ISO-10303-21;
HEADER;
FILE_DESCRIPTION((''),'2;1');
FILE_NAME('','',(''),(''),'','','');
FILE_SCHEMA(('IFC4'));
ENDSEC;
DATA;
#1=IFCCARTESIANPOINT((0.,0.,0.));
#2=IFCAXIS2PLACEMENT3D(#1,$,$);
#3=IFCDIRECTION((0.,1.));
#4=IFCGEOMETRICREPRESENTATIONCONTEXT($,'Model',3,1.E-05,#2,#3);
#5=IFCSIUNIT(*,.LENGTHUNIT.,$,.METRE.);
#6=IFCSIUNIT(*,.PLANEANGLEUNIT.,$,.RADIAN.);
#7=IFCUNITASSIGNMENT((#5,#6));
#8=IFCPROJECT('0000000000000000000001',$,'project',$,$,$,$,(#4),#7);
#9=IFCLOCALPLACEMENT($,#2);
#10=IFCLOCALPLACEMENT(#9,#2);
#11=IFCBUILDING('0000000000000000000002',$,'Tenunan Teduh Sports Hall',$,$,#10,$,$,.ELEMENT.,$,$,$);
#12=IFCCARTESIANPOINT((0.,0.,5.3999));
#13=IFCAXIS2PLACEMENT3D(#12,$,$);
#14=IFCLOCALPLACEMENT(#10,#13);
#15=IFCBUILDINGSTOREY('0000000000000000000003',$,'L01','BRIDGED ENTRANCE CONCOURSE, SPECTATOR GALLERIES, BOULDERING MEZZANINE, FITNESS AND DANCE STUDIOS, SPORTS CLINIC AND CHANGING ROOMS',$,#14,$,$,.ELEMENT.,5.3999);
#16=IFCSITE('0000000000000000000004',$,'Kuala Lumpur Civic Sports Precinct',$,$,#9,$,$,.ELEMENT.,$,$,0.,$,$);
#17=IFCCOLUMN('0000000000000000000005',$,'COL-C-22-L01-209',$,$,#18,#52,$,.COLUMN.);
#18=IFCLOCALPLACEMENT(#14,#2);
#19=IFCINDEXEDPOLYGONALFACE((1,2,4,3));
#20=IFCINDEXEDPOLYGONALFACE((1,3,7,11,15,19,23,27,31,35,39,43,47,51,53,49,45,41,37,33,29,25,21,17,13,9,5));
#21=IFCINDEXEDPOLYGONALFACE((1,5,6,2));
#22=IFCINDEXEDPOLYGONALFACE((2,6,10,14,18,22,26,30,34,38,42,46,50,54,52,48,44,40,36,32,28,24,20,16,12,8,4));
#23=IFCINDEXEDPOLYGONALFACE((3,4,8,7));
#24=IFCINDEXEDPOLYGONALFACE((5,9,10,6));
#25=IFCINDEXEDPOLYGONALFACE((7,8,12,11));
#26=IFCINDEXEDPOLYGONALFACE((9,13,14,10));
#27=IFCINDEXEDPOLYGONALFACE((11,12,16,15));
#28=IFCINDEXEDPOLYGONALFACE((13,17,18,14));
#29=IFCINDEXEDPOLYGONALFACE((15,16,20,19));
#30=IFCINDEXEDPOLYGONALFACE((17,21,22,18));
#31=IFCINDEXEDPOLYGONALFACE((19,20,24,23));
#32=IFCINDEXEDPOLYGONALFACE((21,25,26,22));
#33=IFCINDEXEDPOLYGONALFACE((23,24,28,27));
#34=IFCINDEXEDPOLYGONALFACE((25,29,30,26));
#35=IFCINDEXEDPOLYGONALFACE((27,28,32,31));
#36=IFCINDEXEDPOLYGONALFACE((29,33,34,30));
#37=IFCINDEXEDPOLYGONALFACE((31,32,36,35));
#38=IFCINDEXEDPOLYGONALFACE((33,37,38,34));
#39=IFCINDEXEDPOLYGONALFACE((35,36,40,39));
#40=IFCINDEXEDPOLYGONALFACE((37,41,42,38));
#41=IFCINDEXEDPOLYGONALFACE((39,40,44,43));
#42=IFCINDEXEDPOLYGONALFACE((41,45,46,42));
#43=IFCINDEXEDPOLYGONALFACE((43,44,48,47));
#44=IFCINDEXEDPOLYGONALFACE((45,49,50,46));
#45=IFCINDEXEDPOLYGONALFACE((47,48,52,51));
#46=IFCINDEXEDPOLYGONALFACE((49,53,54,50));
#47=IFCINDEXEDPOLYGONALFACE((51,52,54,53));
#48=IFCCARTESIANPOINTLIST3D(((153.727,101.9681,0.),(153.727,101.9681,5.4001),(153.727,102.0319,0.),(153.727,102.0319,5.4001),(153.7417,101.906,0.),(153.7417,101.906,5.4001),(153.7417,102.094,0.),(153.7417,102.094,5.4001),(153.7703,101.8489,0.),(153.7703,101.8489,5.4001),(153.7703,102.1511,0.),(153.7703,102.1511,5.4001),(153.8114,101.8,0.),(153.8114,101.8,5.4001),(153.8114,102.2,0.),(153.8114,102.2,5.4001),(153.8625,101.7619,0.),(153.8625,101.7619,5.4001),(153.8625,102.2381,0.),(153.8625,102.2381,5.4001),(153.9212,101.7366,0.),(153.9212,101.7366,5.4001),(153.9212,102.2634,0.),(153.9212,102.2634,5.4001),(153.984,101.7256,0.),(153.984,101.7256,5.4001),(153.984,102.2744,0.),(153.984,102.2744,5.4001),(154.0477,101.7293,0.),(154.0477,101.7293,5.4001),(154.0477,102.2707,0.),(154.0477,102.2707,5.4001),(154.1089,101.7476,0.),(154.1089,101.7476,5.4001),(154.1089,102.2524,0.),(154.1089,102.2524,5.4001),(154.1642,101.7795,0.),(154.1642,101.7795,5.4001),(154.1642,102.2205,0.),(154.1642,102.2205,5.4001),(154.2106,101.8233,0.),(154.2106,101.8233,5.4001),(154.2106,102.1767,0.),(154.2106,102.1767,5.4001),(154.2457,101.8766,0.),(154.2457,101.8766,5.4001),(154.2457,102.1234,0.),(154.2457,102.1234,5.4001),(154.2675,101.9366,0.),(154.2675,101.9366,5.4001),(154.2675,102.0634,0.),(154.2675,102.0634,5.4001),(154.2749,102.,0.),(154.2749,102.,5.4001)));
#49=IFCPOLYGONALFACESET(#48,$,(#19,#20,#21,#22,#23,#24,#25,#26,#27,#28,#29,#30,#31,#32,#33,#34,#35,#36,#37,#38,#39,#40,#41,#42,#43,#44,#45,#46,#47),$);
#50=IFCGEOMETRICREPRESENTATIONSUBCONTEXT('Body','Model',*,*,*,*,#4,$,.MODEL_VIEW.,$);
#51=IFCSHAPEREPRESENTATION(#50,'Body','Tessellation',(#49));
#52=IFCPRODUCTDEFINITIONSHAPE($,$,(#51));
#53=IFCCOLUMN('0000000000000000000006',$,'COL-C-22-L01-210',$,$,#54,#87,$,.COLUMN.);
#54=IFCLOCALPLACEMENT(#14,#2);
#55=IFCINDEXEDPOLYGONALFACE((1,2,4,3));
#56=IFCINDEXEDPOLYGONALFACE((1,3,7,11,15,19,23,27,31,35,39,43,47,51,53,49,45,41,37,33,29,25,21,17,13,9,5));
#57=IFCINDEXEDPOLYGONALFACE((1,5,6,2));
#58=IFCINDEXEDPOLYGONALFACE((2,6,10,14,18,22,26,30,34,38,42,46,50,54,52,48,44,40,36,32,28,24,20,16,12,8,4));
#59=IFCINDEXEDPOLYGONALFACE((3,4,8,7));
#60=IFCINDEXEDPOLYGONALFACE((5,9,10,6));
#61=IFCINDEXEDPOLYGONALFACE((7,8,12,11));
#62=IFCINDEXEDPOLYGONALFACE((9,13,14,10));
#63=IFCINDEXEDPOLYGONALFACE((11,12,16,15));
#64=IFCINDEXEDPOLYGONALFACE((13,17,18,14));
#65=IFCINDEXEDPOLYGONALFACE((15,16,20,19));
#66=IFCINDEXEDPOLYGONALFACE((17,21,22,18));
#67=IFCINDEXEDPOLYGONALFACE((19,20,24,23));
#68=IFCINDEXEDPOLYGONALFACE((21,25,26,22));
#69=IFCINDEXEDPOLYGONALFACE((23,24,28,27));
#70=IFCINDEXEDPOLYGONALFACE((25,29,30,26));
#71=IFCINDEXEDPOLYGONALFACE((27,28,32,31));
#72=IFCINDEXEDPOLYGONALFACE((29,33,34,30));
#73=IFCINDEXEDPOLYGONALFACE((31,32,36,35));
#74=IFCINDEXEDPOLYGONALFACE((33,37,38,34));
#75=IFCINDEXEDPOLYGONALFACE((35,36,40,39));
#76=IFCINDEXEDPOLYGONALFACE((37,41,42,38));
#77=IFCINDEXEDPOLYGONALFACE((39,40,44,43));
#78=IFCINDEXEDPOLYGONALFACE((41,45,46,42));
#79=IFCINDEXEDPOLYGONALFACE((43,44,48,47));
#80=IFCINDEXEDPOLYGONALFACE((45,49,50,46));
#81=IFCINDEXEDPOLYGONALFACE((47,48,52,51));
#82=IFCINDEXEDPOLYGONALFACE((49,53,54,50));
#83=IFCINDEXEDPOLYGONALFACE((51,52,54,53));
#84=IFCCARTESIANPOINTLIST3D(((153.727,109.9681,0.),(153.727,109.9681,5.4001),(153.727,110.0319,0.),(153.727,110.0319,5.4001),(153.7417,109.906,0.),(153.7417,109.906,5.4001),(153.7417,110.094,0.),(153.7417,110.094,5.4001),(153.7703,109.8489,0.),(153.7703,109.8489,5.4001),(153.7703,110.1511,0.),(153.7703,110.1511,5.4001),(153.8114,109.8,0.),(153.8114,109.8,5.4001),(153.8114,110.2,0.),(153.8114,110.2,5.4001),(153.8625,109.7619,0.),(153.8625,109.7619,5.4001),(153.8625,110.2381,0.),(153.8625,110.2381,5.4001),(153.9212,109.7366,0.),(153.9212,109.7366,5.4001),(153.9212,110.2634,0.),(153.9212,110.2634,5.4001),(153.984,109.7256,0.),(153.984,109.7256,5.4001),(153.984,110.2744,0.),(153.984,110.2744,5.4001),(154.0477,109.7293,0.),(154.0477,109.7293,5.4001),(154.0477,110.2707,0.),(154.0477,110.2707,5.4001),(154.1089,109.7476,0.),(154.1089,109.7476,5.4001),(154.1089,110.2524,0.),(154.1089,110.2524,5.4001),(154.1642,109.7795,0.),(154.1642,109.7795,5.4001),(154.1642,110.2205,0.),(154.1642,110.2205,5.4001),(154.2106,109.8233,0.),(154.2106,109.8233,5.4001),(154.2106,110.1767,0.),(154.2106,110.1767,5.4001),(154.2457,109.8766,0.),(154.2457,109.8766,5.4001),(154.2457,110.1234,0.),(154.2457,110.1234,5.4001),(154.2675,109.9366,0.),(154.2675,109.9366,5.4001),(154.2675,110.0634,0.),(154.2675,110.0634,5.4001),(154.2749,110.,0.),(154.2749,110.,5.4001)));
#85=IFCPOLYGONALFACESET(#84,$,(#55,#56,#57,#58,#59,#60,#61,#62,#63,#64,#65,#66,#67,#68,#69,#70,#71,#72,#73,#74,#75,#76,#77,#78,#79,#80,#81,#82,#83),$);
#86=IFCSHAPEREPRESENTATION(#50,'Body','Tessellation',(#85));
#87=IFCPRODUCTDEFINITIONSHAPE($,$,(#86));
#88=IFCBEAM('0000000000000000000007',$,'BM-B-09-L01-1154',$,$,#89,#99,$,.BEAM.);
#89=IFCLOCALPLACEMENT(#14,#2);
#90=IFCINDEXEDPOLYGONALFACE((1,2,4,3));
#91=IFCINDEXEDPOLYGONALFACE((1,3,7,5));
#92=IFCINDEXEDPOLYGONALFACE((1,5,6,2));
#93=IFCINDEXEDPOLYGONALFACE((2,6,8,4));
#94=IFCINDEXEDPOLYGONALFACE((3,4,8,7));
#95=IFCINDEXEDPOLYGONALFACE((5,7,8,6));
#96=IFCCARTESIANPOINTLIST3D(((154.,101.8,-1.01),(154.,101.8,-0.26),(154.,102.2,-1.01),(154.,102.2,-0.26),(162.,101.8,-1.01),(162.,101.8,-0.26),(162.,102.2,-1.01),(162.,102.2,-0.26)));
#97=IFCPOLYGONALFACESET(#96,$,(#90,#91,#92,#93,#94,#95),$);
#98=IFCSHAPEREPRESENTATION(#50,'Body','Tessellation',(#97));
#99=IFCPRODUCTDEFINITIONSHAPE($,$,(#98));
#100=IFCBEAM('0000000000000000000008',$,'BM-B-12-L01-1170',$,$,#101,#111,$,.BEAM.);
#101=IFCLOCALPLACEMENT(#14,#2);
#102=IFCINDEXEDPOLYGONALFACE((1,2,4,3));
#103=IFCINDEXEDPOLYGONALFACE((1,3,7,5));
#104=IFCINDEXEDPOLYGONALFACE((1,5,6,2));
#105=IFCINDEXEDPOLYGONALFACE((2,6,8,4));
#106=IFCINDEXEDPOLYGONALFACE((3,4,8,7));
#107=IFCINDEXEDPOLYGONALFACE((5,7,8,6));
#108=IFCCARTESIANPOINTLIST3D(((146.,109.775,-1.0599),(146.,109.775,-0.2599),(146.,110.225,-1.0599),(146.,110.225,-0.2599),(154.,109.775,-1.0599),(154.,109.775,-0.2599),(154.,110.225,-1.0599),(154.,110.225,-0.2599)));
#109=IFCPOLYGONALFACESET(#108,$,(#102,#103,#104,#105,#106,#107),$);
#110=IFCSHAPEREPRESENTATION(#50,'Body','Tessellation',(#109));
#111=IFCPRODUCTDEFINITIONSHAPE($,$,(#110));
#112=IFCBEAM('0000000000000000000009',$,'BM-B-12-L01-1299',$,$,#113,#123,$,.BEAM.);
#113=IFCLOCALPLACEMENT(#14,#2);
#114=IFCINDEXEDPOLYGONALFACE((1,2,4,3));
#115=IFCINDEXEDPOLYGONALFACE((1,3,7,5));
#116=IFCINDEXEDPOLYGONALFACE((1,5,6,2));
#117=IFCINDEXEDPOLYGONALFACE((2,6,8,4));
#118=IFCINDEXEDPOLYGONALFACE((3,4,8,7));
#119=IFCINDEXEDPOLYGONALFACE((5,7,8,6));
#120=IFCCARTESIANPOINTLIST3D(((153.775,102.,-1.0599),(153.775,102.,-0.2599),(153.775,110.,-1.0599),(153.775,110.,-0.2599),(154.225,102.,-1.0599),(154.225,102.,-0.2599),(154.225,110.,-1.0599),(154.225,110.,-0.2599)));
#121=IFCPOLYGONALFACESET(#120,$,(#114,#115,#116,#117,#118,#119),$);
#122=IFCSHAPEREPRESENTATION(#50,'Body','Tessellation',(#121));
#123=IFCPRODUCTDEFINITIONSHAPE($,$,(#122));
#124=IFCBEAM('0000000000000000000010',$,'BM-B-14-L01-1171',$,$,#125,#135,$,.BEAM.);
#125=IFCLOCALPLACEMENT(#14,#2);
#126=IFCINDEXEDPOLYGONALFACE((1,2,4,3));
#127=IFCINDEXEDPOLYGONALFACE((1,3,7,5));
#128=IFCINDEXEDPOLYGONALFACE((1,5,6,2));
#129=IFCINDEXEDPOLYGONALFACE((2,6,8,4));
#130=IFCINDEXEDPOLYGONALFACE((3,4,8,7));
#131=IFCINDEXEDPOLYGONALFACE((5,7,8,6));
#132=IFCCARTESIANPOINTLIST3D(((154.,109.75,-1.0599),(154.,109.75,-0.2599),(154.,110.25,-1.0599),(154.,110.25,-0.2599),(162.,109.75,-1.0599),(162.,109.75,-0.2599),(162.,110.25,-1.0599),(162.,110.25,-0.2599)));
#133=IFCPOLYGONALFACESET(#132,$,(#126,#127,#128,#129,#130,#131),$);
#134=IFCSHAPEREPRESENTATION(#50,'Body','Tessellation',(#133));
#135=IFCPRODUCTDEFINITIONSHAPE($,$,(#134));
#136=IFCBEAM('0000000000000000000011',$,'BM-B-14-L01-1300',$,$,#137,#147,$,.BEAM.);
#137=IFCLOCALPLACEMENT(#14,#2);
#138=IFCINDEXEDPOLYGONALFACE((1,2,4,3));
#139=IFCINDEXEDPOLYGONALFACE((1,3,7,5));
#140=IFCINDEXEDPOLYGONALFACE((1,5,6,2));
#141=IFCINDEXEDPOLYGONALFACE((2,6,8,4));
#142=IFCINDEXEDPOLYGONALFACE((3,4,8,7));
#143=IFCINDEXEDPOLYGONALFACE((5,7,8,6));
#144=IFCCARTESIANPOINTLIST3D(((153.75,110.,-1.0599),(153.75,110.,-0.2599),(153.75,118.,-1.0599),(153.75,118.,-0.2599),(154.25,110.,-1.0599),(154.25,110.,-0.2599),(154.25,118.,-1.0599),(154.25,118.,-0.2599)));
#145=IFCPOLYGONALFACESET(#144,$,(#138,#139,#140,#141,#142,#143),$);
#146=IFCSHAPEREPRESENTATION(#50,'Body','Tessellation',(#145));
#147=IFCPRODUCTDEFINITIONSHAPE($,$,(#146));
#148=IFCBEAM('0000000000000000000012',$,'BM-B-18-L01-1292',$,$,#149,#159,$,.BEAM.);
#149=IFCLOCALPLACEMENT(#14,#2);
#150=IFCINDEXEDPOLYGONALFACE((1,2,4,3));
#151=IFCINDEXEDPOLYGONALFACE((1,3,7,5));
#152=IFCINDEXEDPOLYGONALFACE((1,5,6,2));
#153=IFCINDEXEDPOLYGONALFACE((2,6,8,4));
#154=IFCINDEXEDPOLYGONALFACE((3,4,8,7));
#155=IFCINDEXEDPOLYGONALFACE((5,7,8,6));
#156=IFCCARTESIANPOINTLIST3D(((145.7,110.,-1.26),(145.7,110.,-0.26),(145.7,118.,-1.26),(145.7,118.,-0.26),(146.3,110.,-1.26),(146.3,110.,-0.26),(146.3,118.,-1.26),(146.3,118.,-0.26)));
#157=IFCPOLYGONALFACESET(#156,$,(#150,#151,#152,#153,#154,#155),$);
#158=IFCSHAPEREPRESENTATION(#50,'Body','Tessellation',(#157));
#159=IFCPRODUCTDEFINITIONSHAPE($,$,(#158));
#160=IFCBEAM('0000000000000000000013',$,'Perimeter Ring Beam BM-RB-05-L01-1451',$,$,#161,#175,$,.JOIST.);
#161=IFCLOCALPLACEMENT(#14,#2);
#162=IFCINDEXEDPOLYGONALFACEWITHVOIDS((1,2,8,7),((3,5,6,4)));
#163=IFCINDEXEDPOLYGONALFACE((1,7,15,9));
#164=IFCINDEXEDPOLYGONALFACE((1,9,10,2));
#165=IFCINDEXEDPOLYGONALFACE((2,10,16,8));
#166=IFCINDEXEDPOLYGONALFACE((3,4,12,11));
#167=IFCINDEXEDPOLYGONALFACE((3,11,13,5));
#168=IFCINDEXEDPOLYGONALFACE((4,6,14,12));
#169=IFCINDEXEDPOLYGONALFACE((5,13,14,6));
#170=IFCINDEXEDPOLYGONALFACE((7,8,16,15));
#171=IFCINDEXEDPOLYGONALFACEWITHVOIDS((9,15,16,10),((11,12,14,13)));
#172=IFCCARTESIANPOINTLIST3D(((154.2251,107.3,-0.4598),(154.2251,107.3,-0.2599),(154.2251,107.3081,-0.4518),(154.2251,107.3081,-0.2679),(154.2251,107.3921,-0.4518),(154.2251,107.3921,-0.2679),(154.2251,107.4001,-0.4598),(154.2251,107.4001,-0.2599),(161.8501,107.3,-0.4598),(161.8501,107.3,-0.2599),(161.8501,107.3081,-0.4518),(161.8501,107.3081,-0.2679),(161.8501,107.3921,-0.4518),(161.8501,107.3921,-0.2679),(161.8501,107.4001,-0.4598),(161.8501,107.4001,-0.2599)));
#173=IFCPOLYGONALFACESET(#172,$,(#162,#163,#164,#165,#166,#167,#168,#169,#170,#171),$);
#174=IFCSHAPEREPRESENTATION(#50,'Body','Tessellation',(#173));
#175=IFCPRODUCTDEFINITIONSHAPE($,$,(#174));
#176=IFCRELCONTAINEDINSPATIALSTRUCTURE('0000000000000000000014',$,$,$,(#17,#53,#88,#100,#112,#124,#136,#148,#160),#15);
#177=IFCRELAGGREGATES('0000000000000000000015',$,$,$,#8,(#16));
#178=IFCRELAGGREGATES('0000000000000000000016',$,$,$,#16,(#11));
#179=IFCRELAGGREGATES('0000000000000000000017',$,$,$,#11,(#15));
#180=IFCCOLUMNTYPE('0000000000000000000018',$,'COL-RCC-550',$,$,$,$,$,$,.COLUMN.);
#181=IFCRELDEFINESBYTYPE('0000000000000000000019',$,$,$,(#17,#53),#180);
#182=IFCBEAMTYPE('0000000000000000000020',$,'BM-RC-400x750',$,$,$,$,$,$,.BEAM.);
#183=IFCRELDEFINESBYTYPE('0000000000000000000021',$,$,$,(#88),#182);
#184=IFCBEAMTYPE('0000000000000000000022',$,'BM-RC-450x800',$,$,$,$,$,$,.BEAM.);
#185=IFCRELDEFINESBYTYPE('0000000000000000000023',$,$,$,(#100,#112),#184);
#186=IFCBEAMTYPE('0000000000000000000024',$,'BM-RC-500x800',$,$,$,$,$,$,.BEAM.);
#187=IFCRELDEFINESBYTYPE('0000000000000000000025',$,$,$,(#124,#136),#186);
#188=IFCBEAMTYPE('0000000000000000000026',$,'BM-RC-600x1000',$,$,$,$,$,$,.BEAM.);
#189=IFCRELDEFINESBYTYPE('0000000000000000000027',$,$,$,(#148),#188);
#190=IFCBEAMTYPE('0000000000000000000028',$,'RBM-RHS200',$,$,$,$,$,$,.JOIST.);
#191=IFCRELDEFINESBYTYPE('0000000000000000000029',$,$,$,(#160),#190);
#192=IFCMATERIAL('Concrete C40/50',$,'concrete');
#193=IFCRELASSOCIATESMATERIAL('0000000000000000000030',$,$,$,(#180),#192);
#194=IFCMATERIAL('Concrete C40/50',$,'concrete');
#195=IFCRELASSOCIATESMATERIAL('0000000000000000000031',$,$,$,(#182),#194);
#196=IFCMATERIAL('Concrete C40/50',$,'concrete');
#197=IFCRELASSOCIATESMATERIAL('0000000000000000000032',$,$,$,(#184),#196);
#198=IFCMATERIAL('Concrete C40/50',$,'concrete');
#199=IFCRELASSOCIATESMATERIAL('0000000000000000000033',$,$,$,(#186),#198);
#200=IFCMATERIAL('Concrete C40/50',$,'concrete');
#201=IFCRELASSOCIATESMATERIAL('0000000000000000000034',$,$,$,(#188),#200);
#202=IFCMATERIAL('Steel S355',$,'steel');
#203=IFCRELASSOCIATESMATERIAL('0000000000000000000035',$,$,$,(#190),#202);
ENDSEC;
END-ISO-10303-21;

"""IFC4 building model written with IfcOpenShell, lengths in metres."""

from ifc_helpers import new_model, si_unit, direction, frame, origin, origin_2d, place, context, subcontext, project, spatial, rectangle, hollow_rectangle, circle, extrude, material, material_profile, profile_set, type_object, element, save


model = new_model("IFC4")

# Units and contexts
model_context = context("Model", 3, precision=1e-05, world=origin(), true_north=direction((0.0, 1.0)))
body_context = subcontext(model_context, "Body", "Model", "MODEL_VIEW")
ifc_project = project(units=[si_unit("LENGTHUNIT", "METRE"), si_unit("PLANEANGLEUNIT", "RADIAN")], contexts=[model_context])

# Site, building, storey
site_placement = place(None, origin())
site = spatial("IfcSite", under=ifc_project, at=site_placement, Name="Kuala Lumpur Civic Sports Precinct", CompositionType="ELEMENT", RefElevation=0.0)
building_placement = place(site_placement, origin())
building = spatial("IfcBuilding", under=site, at=building_placement, Name="Tenunan Teduh Sports Hall", CompositionType="ELEMENT")
storey_placement = place(building_placement, frame((0.0, 0.0, 5.3999)))
storey = spatial("IfcBuildingStorey", under=building, at=storey_placement, Name="L01", Description="BRIDGED ENTRANCE CONCOURSE, SPECTATOR GALLERIES, BOULDERING MEZZANINE, FITNESS AND DANCE STUDIOS, SPORTS CLINIC AND CHANGING ROOMS", CompositionType="ELEMENT", Elevation=5.3999)

# Columns
ifc_material_1 = material(Name="Concrete C40/50", Category="concrete")
ifc_material_profile_1 = material_profile(ifc_material_1, circle(Radius=0.2749, at=origin_2d()), Name="RCC D550")
ifc_profile_set_1 = profile_set([ifc_material_profile_1], Name="Concrete C40/50")
column_type = type_object("IfcColumnType", Name="COL-RCC-550", PredefinedType="COLUMN", material=ifc_profile_set_1)
for number, where, z_axis, x_axis, name in (
    (1, (154.0, 102.0, 0.0), (0.0, 0.0, 1.0), (1.0, 0.0, 0.0), "COL-C-22-L01-209"),
    (2, (154.0, 110.0, 0.0), (0.0, 0.0, 1.0), (1.0, 0.0, 0.0), "COL-C-22-L01-210"),
):
    element("IfcColumn", number, at=place(storey_placement, frame(where, z_axis=z_axis, x_axis=x_axis)), inside=storey, type_object=column_type, Name=name, PredefinedType="COLUMN", context=body_context, shape_type="SweptSolid", body=[
        extrude(circle(Radius=0.2749, at=origin_2d()), origin(), (0.0, 0.0, 1.0), 5.4001),
    ])

# Beams
ifc_material_2 = material(Name="Concrete C40/50", Category="concrete")
ifc_material_profile_2 = material_profile(ifc_material_2, rectangle(XDim=0.3999, YDim=0.75, at=origin_2d()), Name="RCB 400x750")
ifc_profile_set_2 = profile_set([ifc_material_profile_2], Name="Concrete C40/50")
beam_type_1 = type_object("IfcBeamType", Name="BM-RC-400x750", PredefinedType="BEAM", material=ifc_profile_set_2)
beam_1_placement = place(storey_placement, frame((154.0, 102.0, -0.635), z_axis=(1.0, 0.0, 0.0), x_axis=(0.0, 1.0, 0.0)))
element("IfcBeam", 3, at=beam_1_placement, inside=storey, type_object=beam_type_1, Name="BM-B-09-L01-1154", PredefinedType="BEAM", context=body_context, shape_type="SweptSolid", body=[
    extrude(rectangle(XDim=0.3999, YDim=0.75, at=origin_2d()), origin(), (0.0, 0.0, 1.0), 8.0),
])
ifc_material_3 = material(Name="Concrete C40/50", Category="concrete")
ifc_material_profile_3 = material_profile(ifc_material_3, rectangle(XDim=0.45, YDim=0.8, at=origin_2d()), Name="RCB 450x800")
ifc_profile_set_3 = profile_set([ifc_material_profile_3], Name="Concrete C40/50")
beam_type_2 = type_object("IfcBeamType", Name="BM-RC-450x800", PredefinedType="BEAM", material=ifc_profile_set_3)
for number, where, z_axis, x_axis, name in (
    (4, (146.0, 110.0, -0.6599), (1.0, 0.0, 0.0), (0.0, 1.0, 0.0), "BM-B-12-L01-1170"),
    (5, (154.0, 102.0, -0.6599), (0.0, 1.0, 0.0), (-1.0, 0.0, 0.0), "BM-B-12-L01-1299"),
):
    element("IfcBeam", number, at=place(storey_placement, frame(where, z_axis=z_axis, x_axis=x_axis)), inside=storey, type_object=beam_type_2, Name=name, PredefinedType="BEAM", context=body_context, shape_type="SweptSolid", body=[
        extrude(rectangle(XDim=0.45, YDim=0.8, at=origin_2d()), origin(), (0.0, 0.0, 1.0), 8.0),
    ])
ifc_material_4 = material(Name="Concrete C40/50", Category="concrete")
ifc_material_profile_4 = material_profile(ifc_material_4, rectangle(XDim=0.5, YDim=0.8, at=origin_2d()), Name="RCB 500x800")
ifc_profile_set_4 = profile_set([ifc_material_profile_4], Name="Concrete C40/50")
beam_type_3 = type_object("IfcBeamType", Name="BM-RC-500x800", PredefinedType="BEAM", material=ifc_profile_set_4)
for number, where, z_axis, x_axis, name in (
    (6, (154.0, 110.0, -0.6599), (1.0, 0.0, 0.0), (0.0, 1.0, 0.0), "BM-B-14-L01-1171"),
    (7, (154.0, 110.0, -0.6599), (0.0, 1.0, 0.0), (-1.0, 0.0, 0.0), "BM-B-14-L01-1300"),
):
    element("IfcBeam", number, at=place(storey_placement, frame(where, z_axis=z_axis, x_axis=x_axis)), inside=storey, type_object=beam_type_3, Name=name, PredefinedType="BEAM", context=body_context, shape_type="SweptSolid", body=[
        extrude(rectangle(XDim=0.5, YDim=0.8, at=origin_2d()), origin(), (0.0, 0.0, 1.0), 8.0),
    ])
ifc_material_5 = material(Name="Concrete C40/50", Category="concrete")
ifc_material_profile_5 = material_profile(ifc_material_5, rectangle(XDim=0.6001, YDim=1.0, at=origin_2d()), Name="RCB 600x1000")
ifc_profile_set_5 = profile_set([ifc_material_profile_5], Name="Concrete C40/50")
beam_type_4 = type_object("IfcBeamType", Name="BM-RC-600x1000", PredefinedType="BEAM", material=ifc_profile_set_5)
beam_2_placement = place(storey_placement, frame((146.0, 110.0, -0.76), z_axis=(0.0, 1.0, 0.0), x_axis=(-1.0, 0.0, 0.0)))
element("IfcBeam", 8, at=beam_2_placement, inside=storey, type_object=beam_type_4, Name="BM-B-18-L01-1292", PredefinedType="BEAM", context=body_context, shape_type="SweptSolid", body=[
    extrude(rectangle(XDim=0.6001, YDim=1.0, at=origin_2d()), origin(), (0.0, 0.0, 1.0), 8.0),
])
ifc_material_6 = material(Name="Steel S355", Category="steel")
ifc_material_profile_6 = material_profile(ifc_material_6, hollow_rectangle(XDim=0.1001, YDim=0.2, WallThickness=0.0081, at=origin_2d()), Name="RHS 200x100x8.0")
ifc_profile_set_6 = profile_set([ifc_material_profile_6], Name="Steel S355")
beam_type_5 = type_object("IfcBeamType", Name="RBM-RHS200", PredefinedType="JOIST", material=ifc_profile_set_6)
beam_3_placement = place(storey_placement, frame((154.2251, 107.3501, -0.3599), z_axis=(1.0, 0.0, 0.0), x_axis=(0.0, 1.0, 0.0)))
element("IfcBeam", 9, at=beam_3_placement, inside=storey, type_object=beam_type_5, Name="Perimeter Ring Beam BM-RB-05-L01-1451", PredefinedType="JOIST", context=body_context, shape_type="SweptSolid", body=[
    extrude(hollow_rectangle(XDim=0.1001, YDim=0.2, WallThickness=0.0081, at=origin_2d()), origin(), (0.0, 0.0, 1.0), 7.625),
])

save(model, "model.ifc")
